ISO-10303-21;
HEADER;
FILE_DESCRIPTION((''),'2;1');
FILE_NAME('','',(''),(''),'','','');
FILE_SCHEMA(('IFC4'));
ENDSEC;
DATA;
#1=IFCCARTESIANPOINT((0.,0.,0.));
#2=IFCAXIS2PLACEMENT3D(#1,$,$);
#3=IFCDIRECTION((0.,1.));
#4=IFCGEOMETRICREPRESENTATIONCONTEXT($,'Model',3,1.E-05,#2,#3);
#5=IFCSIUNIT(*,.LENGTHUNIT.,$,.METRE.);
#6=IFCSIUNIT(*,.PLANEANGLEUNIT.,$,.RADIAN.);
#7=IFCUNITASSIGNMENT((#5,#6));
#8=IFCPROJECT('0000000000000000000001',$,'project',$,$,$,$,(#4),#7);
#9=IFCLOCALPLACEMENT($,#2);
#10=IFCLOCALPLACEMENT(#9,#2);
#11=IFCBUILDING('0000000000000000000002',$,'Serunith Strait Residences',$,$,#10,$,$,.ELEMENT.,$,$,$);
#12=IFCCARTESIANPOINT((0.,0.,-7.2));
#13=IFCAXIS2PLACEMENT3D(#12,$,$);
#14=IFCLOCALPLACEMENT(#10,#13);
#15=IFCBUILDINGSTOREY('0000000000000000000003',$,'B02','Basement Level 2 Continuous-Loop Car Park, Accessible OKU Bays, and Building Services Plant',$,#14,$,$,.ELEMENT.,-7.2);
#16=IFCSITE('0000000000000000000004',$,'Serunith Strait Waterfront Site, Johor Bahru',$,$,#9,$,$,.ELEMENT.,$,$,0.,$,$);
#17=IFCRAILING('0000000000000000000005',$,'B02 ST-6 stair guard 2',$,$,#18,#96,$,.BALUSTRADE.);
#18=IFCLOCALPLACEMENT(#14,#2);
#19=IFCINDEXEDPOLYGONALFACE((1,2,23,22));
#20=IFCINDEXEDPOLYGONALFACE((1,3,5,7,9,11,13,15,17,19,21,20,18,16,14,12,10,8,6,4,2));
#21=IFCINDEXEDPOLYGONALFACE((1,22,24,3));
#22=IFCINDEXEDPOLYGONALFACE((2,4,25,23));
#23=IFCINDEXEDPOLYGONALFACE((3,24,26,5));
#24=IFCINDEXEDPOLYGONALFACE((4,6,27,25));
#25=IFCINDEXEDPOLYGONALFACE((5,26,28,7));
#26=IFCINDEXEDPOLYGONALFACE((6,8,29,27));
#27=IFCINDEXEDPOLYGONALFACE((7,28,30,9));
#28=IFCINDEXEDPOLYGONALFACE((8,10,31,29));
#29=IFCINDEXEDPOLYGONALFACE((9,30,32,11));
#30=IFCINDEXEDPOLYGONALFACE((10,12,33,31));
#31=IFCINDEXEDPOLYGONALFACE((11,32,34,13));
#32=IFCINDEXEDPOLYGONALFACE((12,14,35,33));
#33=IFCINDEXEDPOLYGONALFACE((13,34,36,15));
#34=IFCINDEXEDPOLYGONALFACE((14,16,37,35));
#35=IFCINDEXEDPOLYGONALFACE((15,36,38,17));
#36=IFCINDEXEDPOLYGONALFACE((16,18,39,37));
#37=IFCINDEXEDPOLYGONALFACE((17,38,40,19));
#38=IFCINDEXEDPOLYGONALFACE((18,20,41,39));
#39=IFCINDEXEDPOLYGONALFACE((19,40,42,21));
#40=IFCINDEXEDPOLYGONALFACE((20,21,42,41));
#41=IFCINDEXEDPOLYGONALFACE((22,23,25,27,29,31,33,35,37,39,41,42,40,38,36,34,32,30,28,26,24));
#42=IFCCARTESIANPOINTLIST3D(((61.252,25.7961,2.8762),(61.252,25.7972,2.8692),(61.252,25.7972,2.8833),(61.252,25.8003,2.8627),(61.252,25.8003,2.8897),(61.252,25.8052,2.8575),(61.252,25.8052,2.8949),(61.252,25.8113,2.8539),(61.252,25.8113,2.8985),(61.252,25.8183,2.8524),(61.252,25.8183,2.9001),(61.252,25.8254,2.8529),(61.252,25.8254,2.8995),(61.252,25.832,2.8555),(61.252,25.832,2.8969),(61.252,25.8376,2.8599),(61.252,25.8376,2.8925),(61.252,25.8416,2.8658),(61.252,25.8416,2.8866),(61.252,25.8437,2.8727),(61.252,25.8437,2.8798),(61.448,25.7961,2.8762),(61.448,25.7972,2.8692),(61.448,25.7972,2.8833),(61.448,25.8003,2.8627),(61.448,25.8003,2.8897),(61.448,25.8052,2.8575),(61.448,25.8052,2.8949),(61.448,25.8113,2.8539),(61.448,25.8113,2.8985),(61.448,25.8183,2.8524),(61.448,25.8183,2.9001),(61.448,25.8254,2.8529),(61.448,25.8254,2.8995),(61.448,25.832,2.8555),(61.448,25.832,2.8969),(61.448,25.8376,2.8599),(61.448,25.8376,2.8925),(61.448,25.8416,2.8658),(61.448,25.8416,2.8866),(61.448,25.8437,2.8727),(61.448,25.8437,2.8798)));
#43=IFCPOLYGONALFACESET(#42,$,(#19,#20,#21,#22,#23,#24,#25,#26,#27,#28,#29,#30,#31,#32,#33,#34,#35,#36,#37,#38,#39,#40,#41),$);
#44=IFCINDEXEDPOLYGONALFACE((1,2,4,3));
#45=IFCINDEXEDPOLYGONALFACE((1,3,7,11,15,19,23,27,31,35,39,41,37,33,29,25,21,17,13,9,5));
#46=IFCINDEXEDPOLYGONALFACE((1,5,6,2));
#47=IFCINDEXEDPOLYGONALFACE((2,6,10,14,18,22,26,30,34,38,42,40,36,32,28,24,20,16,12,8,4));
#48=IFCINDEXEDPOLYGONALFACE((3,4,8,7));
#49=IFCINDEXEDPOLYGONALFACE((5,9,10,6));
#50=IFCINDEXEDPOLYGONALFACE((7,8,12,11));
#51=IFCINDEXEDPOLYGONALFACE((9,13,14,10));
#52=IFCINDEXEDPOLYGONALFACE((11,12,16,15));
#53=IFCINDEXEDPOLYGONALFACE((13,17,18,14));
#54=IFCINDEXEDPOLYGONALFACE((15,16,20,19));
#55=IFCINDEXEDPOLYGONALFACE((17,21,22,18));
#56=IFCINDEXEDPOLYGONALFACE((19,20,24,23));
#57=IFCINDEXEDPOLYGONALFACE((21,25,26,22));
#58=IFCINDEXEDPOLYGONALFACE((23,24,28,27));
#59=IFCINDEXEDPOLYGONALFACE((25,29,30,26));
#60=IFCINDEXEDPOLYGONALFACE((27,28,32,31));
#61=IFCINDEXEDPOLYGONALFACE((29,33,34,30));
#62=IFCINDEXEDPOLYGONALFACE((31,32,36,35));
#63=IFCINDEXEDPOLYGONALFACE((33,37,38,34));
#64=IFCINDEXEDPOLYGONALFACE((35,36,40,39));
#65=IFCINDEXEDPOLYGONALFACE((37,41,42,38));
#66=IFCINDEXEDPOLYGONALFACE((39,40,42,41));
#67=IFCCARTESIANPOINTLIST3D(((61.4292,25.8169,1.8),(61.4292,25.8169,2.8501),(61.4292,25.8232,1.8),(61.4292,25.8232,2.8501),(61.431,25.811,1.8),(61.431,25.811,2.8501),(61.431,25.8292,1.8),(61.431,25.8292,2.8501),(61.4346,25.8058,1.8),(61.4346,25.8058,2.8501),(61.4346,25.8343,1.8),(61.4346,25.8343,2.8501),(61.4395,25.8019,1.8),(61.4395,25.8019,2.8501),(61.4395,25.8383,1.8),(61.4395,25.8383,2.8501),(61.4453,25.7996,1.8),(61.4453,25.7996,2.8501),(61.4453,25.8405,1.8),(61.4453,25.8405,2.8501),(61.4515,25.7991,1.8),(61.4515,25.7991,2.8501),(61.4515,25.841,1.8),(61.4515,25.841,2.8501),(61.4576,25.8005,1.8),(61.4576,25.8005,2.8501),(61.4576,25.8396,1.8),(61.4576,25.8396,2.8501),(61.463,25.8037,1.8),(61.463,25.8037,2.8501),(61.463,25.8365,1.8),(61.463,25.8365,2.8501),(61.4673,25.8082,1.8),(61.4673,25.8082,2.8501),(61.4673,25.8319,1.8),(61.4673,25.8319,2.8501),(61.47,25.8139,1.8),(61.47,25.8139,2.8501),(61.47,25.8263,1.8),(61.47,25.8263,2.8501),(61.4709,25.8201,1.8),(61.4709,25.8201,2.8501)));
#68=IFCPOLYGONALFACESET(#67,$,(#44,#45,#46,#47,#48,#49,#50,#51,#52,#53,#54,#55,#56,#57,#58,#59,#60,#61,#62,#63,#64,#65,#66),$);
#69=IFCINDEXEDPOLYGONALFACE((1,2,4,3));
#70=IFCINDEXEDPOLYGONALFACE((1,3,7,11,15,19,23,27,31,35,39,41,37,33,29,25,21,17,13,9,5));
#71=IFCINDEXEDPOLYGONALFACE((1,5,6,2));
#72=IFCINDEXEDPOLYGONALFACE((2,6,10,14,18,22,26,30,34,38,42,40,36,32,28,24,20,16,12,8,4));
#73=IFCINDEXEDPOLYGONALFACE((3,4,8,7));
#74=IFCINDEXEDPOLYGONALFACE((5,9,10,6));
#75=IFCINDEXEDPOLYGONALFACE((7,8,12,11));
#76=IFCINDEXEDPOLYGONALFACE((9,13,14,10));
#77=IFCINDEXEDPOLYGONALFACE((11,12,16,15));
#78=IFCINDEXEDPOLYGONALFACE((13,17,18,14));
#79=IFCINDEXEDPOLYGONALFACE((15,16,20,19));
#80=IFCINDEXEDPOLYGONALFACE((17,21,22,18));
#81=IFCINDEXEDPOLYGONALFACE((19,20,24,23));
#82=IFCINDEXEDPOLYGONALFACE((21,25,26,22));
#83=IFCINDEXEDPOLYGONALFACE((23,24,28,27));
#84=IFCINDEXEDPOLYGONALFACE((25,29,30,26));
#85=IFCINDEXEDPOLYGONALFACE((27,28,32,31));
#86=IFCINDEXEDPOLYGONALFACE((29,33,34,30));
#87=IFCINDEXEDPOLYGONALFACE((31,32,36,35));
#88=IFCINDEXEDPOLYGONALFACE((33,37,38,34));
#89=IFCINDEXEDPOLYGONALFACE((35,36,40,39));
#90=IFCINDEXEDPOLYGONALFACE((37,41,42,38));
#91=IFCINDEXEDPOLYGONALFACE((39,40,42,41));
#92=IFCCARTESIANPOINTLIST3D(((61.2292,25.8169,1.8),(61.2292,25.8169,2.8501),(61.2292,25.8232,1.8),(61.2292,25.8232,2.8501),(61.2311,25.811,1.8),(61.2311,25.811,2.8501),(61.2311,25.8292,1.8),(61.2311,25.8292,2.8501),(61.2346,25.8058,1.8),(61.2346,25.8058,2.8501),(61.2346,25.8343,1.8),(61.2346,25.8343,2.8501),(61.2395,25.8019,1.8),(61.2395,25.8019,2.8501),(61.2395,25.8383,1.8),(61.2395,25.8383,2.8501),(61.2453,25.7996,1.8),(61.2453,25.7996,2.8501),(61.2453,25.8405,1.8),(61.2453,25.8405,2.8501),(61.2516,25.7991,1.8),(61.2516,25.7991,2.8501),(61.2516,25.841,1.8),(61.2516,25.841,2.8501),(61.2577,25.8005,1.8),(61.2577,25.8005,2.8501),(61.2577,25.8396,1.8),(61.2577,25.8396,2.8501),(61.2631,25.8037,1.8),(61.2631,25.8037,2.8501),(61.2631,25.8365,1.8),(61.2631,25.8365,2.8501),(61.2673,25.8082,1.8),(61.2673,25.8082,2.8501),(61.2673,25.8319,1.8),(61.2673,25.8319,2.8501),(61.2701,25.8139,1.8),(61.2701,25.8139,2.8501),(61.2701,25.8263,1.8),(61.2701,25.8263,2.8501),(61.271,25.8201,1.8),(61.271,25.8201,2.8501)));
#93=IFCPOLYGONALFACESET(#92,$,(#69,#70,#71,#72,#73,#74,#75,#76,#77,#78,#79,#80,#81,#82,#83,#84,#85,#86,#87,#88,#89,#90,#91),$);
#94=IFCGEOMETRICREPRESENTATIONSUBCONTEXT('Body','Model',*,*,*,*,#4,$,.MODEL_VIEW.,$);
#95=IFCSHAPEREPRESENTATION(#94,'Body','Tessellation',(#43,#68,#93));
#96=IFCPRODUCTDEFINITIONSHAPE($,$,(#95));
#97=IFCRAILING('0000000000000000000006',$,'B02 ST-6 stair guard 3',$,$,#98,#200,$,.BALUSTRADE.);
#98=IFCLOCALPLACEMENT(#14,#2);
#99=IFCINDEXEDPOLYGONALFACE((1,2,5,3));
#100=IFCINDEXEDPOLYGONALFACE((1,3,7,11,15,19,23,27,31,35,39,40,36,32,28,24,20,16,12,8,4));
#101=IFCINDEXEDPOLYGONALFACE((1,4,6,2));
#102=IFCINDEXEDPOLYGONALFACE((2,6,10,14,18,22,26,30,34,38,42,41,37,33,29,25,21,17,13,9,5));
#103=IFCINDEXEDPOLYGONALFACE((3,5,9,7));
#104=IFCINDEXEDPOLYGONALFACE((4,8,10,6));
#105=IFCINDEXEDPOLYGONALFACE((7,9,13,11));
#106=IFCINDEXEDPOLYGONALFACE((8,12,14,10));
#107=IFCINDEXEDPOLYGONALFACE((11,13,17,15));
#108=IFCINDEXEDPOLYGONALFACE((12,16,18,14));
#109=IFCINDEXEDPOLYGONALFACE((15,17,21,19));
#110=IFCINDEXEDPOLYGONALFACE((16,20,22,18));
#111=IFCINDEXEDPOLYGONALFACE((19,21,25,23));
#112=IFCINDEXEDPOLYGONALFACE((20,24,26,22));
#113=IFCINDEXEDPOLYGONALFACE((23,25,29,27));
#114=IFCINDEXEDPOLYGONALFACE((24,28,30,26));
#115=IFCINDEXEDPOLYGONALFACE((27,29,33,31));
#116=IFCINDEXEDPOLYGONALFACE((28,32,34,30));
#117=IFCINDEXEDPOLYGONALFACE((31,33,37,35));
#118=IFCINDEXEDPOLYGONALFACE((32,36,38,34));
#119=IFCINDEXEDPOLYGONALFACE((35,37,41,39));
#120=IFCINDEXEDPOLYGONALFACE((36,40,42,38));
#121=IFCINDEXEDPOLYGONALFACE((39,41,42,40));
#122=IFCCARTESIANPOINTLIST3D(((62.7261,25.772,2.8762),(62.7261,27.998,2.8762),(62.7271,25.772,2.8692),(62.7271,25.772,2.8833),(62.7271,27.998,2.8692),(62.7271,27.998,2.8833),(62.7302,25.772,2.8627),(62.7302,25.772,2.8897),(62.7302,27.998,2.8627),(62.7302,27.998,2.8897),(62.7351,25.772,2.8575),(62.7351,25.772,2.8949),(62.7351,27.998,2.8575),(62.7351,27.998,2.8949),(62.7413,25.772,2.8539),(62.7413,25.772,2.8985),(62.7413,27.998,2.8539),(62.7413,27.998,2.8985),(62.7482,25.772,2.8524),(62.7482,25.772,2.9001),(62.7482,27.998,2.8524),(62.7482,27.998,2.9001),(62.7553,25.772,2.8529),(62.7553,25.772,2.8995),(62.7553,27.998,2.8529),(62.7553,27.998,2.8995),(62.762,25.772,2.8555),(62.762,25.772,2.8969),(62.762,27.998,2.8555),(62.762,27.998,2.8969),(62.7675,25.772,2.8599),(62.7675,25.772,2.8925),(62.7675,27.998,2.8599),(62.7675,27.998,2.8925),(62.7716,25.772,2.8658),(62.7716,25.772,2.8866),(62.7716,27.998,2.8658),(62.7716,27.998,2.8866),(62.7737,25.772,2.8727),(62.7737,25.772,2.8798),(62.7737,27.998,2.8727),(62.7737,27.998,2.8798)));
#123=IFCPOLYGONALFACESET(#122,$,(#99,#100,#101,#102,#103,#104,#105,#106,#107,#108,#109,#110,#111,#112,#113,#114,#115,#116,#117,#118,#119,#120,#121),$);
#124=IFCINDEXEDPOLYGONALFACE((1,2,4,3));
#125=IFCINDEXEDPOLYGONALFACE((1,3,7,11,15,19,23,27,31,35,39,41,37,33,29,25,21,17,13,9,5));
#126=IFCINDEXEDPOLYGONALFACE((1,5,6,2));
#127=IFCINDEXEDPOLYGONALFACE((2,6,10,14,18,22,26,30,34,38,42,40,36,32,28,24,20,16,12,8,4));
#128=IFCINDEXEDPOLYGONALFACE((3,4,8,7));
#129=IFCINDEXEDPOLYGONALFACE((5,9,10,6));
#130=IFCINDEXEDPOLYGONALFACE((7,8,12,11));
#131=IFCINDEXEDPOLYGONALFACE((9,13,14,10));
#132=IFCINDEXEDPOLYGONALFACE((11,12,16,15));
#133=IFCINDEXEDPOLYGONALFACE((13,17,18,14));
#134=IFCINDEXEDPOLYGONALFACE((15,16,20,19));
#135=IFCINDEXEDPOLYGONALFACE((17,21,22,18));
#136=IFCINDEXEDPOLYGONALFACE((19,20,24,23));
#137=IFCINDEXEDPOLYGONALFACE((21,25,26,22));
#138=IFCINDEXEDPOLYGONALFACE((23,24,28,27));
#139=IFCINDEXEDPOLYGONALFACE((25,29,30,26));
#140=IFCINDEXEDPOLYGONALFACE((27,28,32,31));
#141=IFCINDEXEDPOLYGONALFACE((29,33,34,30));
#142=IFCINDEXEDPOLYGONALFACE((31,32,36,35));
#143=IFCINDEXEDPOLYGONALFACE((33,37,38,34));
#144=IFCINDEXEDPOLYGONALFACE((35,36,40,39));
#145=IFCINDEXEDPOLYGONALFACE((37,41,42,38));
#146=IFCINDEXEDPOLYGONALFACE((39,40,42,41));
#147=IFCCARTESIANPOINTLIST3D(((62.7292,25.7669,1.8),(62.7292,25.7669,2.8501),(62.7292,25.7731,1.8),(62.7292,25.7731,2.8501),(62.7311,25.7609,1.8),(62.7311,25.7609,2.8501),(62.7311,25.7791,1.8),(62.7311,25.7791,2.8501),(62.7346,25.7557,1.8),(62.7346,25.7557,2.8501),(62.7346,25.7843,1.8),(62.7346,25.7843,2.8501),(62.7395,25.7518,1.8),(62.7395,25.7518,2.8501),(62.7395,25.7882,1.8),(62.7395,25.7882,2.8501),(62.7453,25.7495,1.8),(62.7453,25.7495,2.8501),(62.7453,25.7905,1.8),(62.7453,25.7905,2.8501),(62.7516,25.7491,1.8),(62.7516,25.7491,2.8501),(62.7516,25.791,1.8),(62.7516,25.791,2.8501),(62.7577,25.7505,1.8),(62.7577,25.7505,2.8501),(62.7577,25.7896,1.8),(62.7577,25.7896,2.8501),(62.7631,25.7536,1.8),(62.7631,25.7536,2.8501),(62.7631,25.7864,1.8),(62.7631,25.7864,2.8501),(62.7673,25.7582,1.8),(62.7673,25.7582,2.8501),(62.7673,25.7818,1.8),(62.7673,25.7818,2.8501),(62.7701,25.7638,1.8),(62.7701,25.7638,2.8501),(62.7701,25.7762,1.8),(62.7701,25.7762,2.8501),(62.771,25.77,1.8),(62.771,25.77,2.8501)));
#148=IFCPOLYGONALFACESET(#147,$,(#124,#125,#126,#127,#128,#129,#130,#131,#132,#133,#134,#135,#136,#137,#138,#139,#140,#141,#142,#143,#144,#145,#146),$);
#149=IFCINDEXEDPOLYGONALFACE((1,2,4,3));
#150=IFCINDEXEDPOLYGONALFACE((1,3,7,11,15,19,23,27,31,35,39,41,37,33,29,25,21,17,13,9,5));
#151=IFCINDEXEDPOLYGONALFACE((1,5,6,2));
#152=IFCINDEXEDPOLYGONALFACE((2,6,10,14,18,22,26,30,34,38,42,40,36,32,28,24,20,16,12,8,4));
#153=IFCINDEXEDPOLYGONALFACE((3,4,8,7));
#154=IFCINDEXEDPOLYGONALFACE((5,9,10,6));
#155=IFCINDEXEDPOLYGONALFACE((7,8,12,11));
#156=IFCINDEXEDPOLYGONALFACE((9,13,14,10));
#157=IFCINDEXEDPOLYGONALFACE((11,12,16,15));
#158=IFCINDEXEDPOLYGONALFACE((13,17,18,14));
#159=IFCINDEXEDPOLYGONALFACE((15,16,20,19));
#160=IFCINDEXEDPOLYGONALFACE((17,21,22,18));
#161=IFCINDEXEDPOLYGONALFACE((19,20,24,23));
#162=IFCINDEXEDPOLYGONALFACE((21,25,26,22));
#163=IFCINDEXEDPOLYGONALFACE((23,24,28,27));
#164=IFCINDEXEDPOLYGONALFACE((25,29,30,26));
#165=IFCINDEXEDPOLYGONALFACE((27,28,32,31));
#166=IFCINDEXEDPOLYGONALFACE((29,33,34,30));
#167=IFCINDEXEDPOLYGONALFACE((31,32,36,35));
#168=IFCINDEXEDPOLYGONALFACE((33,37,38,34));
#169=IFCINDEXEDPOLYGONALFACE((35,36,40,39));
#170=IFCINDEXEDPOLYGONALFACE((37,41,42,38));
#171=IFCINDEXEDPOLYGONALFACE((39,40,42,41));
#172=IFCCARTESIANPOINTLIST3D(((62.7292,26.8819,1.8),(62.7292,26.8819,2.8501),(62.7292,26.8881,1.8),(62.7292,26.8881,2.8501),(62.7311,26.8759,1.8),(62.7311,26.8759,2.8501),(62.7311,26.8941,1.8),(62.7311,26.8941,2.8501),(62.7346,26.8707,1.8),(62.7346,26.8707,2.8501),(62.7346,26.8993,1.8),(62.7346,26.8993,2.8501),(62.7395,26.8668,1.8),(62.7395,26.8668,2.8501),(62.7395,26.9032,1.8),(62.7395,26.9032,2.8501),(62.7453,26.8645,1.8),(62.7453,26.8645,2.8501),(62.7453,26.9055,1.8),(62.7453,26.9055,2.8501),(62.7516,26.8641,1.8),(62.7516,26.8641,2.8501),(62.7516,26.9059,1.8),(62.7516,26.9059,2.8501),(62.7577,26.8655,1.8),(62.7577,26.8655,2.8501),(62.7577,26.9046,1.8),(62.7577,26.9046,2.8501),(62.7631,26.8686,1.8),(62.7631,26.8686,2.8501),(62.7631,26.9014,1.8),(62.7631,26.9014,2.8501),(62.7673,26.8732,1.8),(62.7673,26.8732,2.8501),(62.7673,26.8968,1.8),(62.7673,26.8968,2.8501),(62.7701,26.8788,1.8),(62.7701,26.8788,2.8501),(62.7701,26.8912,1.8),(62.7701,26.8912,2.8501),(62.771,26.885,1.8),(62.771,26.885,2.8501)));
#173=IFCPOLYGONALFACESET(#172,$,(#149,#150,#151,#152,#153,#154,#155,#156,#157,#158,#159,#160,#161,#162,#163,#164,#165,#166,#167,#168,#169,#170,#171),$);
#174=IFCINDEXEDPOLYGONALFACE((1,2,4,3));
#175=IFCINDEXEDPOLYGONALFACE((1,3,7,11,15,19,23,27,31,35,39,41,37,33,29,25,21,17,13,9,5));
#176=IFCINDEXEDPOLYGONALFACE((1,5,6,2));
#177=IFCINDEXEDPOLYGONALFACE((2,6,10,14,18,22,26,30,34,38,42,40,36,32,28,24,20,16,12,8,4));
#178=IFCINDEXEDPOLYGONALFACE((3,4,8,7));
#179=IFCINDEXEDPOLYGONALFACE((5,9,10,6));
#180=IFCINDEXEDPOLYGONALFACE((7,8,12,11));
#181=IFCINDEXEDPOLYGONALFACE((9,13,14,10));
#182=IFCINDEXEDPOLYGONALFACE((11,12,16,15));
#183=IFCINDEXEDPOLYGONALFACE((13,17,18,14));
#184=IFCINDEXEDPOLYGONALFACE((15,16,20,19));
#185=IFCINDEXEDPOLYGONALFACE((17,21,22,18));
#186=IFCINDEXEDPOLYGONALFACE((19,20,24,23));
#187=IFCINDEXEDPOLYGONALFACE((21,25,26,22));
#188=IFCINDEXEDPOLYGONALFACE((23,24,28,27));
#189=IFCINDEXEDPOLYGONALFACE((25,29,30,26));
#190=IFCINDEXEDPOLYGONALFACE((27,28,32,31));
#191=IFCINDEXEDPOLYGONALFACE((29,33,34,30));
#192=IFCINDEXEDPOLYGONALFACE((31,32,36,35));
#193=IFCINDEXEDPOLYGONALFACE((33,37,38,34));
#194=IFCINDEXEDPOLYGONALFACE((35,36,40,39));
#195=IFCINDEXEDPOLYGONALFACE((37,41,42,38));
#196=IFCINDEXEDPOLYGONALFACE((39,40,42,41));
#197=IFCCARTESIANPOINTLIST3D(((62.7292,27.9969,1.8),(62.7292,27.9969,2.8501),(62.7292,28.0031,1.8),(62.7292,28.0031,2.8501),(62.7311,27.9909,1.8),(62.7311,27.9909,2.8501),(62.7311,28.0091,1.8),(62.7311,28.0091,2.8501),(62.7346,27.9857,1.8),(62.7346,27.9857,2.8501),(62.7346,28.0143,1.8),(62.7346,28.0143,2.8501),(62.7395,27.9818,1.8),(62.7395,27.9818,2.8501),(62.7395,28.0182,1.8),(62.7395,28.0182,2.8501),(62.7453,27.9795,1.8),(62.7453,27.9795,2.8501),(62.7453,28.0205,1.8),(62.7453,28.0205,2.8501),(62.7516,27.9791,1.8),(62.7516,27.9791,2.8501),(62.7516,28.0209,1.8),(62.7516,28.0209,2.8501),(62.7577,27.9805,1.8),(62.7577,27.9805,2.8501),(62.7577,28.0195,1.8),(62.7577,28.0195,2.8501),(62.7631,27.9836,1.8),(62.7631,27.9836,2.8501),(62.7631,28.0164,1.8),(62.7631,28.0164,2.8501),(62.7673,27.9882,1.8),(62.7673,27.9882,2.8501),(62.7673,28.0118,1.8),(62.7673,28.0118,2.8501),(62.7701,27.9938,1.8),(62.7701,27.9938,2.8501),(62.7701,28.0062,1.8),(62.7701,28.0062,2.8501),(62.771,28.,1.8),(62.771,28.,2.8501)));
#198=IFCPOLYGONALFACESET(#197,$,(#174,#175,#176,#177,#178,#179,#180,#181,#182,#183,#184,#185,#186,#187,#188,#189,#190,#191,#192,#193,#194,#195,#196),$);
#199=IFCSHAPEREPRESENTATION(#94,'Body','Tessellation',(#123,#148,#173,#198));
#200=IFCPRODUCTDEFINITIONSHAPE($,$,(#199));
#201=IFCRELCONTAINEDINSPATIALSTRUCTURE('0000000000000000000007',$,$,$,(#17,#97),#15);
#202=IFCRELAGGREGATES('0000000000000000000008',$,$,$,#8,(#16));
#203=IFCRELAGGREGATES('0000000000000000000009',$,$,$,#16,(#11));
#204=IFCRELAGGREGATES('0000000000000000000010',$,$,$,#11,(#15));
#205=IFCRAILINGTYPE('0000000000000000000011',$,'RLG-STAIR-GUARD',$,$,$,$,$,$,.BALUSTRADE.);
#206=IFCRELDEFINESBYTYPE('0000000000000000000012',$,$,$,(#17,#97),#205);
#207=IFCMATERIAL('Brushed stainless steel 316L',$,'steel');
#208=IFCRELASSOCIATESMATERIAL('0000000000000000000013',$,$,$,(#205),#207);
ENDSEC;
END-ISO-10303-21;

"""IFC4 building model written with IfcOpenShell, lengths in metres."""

from ifc_helpers import new_model, si_unit, direction, frame, origin, origin_2d, place, context, subcontext, project, spatial, circle, extrude, material, type_object, element, save


model = new_model("IFC4")

# Units and contexts
model_context = context("Model", 3, precision=1e-05, world=origin(), true_north=direction((0.0, 1.0)))
body_context = subcontext(model_context, "Body", "Model", "MODEL_VIEW")
ifc_project = project(units=[si_unit("LENGTHUNIT", "METRE"), si_unit("PLANEANGLEUNIT", "RADIAN")], contexts=[model_context])

# Site, building, storey
site_placement = place(None, origin())
site = spatial("IfcSite", under=ifc_project, at=site_placement, Name="Serunith Strait Waterfront Site, Johor Bahru", CompositionType="ELEMENT", RefElevation=0.0)
building_placement = place(site_placement, origin())
building = spatial("IfcBuilding", under=site, at=building_placement, Name="Serunith Strait Residences", CompositionType="ELEMENT")
storey_placement = place(building_placement, frame((0.0, 0.0, -7.2)))
storey = spatial("IfcBuildingStorey", under=building, at=storey_placement, Name="B02", Description="Basement Level 2 Continuous-Loop Car Park, Accessible OKU Bays, and Building Services Plant", CompositionType="ELEMENT", Elevation=-7.2)

# Railings
ifc_material_1 = material(Name="Brushed stainless steel 316L", Category="steel")
railing_type_1 = type_object("IfcRailingType", Name="RLG-STAIR-GUARD", PredefinedType="BALUSTRADE", material=ifc_material_1)
railing_1_placement = place(storey_placement, frame((61.45, 25.8201, 1.8)))
element("IfcRailing", 1, at=railing_1_placement, inside=storey, type_object=railing_type_1, Name="B02 ST-6 stair guard 2", PredefinedType="BALUSTRADE", context=body_context, shape_type="SweptSolid", body=[
    extrude(circle(Radius=0.0239, at=origin_2d()), frame((-0.002, 0.0, 1.0762), z_axis=(-1.0, 0.0, 0.0), x_axis=(0.0, -1.0, 0.0)), (0.0, 0.0, 1.0), 0.196),
    extrude(circle(Radius=0.021, at=origin_2d()), origin(), (0.0, 0.0, 1.0), 1.05),
    extrude(circle(Radius=0.021, at=origin_2d()), frame((-0.2, 0.0, 0.0)), (0.0, 0.0, 1.0), 1.05),
])
for number, where, name in (
    (2, (62.75, 25.77, 1.8), "B02 ST-6 stair guard 3"),
):
    element("IfcRailing", number, at=place(storey_placement, frame(where)), inside=storey, type_object=railing_type_1, Name=name, PredefinedType="BALUSTRADE", context=body_context, shape_type="SweptSolid", body=[
        extrude(circle(Radius=0.0239, at=origin_2d()), frame((0.0, 0.002, 1.0762), z_axis=(0.0, 1.0, 0.0), x_axis=(-1.0, 0.0, 0.0)), (0.0, 0.0, 1.0), 2.2261),
        extrude(circle(Radius=0.021, at=origin_2d()), origin(), (0.0, 0.0, 1.0), 1.05),
        extrude(circle(Radius=0.021, at=origin_2d()), frame((0.0, 1.115, 0.0)), (0.0, 0.0, 1.0), 1.05),
        extrude(circle(Radius=0.021, at=origin_2d()), frame((0.0, 2.23, 0.0)), (0.0, 0.0, 1.0), 1.05),
    ])

save(model, "model.ifc")
